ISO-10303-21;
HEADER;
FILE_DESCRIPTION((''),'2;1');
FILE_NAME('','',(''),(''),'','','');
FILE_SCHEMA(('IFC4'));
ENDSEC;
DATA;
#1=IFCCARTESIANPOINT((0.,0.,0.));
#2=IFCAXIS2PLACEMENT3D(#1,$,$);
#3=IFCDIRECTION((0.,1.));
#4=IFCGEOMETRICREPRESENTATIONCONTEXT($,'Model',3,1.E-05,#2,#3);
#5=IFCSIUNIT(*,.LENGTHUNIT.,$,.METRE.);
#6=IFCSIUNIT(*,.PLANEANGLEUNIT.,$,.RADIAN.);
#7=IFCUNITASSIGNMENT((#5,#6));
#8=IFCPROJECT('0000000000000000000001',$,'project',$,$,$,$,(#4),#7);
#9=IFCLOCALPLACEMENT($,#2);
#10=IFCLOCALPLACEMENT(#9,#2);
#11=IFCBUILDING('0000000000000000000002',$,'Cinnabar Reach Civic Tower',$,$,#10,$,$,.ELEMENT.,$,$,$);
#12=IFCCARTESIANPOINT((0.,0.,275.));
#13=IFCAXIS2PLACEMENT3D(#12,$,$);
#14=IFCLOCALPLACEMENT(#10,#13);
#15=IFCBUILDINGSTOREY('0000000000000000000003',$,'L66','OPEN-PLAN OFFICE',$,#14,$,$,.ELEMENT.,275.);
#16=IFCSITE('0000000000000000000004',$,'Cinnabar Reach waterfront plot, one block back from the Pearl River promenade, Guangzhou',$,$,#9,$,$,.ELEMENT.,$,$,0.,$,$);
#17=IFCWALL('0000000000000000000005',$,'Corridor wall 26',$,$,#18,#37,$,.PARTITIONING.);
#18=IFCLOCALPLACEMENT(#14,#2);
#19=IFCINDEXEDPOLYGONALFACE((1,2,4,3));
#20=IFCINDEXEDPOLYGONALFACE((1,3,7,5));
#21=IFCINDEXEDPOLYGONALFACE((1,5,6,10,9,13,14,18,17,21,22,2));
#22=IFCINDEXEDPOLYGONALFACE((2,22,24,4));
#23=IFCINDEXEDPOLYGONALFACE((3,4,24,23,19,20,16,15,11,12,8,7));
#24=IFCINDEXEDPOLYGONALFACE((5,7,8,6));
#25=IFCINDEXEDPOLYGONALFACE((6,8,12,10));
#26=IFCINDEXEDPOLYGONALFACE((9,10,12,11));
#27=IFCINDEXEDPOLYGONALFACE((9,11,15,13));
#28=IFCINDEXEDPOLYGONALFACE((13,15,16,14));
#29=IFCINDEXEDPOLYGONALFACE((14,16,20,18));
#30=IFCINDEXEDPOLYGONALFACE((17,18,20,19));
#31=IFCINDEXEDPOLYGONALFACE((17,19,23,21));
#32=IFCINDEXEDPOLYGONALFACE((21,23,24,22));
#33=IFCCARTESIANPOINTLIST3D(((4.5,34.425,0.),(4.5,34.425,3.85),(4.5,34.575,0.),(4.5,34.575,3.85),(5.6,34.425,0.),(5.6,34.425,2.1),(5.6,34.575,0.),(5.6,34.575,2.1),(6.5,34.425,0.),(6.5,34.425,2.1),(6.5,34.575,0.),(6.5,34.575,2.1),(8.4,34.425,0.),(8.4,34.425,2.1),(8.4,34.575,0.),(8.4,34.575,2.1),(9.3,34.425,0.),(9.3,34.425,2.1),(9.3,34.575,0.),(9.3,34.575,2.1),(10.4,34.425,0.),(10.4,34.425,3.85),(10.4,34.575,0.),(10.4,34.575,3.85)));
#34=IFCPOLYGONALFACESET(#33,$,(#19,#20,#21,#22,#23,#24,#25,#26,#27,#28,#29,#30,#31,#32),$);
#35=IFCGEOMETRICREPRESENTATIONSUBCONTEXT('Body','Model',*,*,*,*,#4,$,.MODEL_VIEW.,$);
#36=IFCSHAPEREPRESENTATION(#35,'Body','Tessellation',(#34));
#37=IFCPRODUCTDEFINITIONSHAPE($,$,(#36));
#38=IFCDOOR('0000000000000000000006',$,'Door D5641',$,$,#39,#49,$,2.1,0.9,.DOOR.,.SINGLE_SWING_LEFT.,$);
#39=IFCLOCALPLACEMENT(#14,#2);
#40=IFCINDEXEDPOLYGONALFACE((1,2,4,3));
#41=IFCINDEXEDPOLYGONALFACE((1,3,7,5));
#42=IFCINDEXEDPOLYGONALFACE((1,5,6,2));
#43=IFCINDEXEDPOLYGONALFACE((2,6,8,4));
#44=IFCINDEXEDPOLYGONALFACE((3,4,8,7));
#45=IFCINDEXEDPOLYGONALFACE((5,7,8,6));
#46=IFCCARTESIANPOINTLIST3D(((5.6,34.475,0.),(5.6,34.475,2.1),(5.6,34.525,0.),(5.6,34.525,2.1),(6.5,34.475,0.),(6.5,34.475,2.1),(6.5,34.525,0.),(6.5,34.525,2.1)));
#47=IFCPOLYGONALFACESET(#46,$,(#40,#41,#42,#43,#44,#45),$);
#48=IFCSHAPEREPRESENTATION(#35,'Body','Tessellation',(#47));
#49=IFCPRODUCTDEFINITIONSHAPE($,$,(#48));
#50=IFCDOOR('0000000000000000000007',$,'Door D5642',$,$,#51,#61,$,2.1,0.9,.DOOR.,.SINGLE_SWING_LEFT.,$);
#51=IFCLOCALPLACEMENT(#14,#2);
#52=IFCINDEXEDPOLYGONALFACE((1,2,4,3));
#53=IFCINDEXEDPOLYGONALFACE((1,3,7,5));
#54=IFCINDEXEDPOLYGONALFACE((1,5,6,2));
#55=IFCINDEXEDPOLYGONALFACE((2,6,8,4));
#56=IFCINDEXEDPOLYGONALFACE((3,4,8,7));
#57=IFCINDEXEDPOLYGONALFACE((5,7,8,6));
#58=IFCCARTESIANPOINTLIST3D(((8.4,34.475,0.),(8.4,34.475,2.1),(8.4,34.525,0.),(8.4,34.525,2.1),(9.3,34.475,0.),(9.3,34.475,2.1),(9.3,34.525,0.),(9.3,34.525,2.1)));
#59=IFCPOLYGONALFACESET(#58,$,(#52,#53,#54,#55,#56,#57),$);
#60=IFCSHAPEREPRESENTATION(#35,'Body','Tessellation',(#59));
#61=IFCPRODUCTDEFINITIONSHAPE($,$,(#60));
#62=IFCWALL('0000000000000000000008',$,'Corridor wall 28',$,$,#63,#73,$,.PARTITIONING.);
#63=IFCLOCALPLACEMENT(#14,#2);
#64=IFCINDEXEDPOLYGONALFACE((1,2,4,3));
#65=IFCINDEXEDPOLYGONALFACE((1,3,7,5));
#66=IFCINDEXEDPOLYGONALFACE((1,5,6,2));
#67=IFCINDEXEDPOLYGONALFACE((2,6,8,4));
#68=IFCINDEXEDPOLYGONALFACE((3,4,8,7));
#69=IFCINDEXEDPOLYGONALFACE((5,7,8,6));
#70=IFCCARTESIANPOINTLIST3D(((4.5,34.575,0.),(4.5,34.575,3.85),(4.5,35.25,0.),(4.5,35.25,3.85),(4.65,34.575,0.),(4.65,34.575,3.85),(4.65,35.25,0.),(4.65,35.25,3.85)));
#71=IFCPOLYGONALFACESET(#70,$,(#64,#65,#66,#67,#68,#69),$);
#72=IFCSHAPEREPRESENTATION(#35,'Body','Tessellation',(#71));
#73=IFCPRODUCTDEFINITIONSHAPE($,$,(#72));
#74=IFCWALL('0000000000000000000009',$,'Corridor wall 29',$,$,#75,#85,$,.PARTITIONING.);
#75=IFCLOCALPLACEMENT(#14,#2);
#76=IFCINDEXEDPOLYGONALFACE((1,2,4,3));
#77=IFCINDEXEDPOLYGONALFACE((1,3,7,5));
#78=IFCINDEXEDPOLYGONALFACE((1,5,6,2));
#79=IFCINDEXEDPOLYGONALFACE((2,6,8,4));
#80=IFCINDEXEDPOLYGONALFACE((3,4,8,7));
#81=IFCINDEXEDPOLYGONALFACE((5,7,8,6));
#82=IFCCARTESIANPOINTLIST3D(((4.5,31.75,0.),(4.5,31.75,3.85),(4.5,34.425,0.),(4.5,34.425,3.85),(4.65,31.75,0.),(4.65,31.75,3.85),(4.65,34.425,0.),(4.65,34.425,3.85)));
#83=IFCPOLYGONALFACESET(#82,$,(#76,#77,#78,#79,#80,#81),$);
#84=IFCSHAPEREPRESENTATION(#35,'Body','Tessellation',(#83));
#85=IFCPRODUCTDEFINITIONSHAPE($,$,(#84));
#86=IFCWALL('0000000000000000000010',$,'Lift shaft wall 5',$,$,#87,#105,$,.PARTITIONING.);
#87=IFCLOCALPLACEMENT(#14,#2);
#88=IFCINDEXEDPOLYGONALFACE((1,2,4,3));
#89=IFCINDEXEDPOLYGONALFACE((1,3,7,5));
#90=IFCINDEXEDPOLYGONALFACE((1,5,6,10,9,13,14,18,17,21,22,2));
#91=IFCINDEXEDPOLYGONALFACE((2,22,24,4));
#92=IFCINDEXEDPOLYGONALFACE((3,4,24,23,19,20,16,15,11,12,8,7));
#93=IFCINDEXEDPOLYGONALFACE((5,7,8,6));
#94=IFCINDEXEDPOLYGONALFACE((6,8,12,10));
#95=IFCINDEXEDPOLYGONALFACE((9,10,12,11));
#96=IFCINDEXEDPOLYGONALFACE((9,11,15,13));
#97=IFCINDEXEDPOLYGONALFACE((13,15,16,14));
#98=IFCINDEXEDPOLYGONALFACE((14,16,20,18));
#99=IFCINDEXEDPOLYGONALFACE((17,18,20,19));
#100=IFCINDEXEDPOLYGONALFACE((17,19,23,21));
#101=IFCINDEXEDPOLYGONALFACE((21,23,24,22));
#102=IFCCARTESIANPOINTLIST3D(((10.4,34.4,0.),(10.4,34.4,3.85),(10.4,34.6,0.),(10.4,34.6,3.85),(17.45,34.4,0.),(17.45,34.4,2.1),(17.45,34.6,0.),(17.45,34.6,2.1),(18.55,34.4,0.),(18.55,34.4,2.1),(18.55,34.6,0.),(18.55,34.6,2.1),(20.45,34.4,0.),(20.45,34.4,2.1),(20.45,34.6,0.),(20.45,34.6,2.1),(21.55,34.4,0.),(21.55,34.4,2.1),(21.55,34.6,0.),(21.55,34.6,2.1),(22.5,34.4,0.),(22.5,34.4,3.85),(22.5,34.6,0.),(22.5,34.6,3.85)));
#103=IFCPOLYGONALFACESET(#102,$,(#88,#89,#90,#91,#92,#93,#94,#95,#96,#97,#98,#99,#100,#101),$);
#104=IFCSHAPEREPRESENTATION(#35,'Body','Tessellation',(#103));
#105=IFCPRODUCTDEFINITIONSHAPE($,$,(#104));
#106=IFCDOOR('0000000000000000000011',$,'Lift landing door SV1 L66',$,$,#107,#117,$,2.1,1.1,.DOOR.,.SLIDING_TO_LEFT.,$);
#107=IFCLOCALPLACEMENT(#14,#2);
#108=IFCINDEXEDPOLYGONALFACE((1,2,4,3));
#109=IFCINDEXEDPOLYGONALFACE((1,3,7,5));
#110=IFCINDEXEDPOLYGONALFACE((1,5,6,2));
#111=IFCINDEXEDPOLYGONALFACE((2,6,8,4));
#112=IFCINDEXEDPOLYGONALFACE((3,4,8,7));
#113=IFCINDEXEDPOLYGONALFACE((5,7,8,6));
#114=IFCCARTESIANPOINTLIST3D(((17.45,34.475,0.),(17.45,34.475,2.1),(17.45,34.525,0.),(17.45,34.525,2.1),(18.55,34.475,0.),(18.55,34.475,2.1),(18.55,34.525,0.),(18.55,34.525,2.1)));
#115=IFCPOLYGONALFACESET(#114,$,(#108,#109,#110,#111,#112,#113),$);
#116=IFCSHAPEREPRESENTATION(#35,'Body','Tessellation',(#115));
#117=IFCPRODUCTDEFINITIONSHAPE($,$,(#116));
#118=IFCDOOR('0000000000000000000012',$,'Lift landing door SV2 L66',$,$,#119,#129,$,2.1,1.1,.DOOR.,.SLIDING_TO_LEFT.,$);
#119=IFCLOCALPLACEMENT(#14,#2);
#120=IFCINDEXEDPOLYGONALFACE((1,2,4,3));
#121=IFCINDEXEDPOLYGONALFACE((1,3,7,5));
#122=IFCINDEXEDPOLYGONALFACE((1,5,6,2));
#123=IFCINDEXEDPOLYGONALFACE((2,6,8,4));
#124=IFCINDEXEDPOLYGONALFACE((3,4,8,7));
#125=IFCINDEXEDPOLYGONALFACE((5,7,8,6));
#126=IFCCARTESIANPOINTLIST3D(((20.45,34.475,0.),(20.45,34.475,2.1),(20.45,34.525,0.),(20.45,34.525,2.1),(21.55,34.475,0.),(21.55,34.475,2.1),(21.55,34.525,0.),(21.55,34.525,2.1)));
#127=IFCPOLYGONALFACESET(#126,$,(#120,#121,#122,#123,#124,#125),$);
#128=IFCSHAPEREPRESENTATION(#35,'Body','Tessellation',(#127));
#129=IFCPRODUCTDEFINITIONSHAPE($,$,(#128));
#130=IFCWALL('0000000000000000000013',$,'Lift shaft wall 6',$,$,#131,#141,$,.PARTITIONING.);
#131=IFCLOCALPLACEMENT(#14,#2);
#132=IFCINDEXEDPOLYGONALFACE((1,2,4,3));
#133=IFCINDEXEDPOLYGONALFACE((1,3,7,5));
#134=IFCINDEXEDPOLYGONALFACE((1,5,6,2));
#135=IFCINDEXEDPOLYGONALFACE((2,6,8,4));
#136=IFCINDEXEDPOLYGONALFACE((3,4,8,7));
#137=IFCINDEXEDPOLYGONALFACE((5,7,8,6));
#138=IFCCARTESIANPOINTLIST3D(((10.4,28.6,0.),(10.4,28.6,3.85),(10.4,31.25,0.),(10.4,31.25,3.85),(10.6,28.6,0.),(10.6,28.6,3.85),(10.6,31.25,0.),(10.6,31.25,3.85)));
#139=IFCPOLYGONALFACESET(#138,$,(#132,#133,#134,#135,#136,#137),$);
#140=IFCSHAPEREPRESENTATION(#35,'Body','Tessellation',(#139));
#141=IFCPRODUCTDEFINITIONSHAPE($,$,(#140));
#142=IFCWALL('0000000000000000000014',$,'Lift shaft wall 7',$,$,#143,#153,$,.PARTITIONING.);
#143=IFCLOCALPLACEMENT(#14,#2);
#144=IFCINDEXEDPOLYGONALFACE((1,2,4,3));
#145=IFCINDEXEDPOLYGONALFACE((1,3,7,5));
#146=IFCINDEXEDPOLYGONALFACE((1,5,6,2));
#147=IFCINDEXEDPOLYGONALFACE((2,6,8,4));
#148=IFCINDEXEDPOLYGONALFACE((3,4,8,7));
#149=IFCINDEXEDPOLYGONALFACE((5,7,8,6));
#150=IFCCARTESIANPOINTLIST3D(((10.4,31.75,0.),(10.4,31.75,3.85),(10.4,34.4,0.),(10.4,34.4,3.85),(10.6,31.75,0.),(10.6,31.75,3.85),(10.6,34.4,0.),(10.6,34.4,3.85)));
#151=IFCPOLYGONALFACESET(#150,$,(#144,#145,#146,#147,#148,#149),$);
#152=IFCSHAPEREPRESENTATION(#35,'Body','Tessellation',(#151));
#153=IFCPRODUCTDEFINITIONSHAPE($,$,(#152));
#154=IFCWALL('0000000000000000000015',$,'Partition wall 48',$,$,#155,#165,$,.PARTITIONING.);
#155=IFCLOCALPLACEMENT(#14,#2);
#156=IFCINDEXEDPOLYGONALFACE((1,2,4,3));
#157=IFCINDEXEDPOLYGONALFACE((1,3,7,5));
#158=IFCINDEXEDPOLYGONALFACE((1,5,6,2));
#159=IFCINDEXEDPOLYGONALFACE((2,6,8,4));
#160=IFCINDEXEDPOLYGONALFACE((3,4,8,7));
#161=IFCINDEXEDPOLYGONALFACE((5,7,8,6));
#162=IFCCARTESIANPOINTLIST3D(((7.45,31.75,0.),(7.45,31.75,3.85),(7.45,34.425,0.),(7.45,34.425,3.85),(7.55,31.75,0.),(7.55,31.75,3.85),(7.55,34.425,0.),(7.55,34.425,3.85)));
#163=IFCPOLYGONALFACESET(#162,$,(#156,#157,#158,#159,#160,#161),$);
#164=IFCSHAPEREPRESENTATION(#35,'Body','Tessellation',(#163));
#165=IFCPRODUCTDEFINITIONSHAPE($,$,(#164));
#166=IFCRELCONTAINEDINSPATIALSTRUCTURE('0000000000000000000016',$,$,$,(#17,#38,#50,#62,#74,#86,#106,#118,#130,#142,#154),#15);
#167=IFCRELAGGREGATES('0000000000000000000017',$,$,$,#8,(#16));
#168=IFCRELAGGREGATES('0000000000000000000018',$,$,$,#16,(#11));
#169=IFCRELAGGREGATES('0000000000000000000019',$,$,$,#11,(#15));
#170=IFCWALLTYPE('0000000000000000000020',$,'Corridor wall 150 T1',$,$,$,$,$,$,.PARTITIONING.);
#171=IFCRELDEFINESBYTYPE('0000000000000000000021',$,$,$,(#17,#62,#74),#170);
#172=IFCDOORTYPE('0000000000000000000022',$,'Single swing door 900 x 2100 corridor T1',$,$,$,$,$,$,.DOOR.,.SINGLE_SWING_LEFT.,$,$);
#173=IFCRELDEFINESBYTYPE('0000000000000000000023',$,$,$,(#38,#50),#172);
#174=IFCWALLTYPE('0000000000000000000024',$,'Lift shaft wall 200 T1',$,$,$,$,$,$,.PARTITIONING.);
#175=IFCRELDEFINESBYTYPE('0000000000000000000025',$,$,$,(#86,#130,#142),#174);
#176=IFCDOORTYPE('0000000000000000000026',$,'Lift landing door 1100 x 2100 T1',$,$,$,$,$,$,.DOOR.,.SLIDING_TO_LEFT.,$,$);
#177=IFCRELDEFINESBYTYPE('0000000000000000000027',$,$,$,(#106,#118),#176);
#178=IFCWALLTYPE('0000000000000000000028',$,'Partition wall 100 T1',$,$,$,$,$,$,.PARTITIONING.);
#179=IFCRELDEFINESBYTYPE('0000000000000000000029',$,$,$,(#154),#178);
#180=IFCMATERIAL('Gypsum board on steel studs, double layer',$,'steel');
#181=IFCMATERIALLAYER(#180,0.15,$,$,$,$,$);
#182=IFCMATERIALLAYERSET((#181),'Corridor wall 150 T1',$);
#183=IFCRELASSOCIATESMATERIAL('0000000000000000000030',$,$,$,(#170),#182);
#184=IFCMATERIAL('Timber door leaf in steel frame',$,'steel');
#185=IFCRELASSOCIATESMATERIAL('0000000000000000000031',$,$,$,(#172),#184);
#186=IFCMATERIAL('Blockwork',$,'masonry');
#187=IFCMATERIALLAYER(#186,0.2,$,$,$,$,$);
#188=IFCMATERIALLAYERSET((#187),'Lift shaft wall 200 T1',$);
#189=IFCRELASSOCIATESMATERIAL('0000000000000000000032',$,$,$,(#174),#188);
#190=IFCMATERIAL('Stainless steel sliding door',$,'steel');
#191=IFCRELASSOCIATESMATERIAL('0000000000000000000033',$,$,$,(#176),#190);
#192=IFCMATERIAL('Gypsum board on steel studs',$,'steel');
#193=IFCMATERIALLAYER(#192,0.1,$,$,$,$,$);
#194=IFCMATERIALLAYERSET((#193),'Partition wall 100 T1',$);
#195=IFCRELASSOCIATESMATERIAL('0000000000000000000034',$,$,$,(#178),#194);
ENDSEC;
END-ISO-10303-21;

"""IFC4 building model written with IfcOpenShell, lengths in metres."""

from ifc_helpers import new_model, si_unit, direction, frame, frame_2d, origin, place, context, subcontext, project, spatial, rectangle, extrude, material, layer, layer_set, type_object, element, fill, save


model = new_model("IFC4")

# Units and contexts
model_context = context("Model", 3, precision=1e-05, world=origin(), true_north=direction((0.0, 1.0)))
body_context = subcontext(model_context, "Body", "Model", "MODEL_VIEW")
ifc_project = project(units=[si_unit("LENGTHUNIT", "METRE"), si_unit("PLANEANGLEUNIT", "RADIAN")], contexts=[model_context])

# Site, building, storey
site_placement = place(None, origin())
site = spatial("IfcSite", under=ifc_project, at=site_placement, Name="Cinnabar Reach waterfront plot, one block back from the Pearl River promenade, Guangzhou", CompositionType="ELEMENT", RefElevation=0.0)
building_placement = place(site_placement, origin())
building = spatial("IfcBuilding", under=site, at=building_placement, Name="Cinnabar Reach Civic Tower", CompositionType="ELEMENT")
storey_placement = place(building_placement, frame((0.0, 0.0, 275.0)))
storey = spatial("IfcBuildingStorey", under=building, at=storey_placement, Name="L66", Description="OPEN-PLAN OFFICE", CompositionType="ELEMENT", Elevation=275.0)

# Shared definitions
ifc_material_1 = material(Name="Timber door leaf in steel frame", Category="steel")

# Wall, openings, doors
ifc_material_2 = material(Name="Gypsum board on steel studs, double layer", Category="steel")
ifc_layer_1 = layer(ifc_material_2, 0.15)
ifc_layer_set_1 = layer_set([ifc_layer_1], Name="Corridor wall 150 T1")
wall_type_1 = type_object("IfcWallType", Name="Corridor wall 150 T1", PredefinedType="PARTITIONING", material=ifc_layer_set_1)
wall_1_placement = place(storey_placement, frame((4.5, 34.5, 0.0), z_axis=(0.0, 0.0, 1.0), x_axis=(1.0, 0.0, 0.0)))
wall_1 = element("IfcWall", 1, at=wall_1_placement, inside=storey, type_object=wall_type_1, Name="Corridor wall 26", PredefinedType="PARTITIONING", context=body_context, shape_type="SweptSolid", body=[
    extrude(rectangle(XDim=5.9, YDim=0.15, at=frame_2d((2.95, 0.0))), origin(), (0.0, 0.0, 1.0), 3.85),
])
opening_1_placement = place(wall_1_placement, frame((1.1, 0.0, 0.0)))
opening_1 = element("IfcOpeningElement", 2, at=opening_1_placement, cuts=wall_1, PredefinedType="OPENING", context=body_context, shape_type="SweptSolid", body=[
    extrude(rectangle(XDim=0.9, YDim=2.1, at=frame_2d((0.45, 1.05))), frame((0.0, 0.085, 0.0), z_axis=(0.0, -1.0, 0.0), x_axis=(1.0, 0.0, 0.0)), (0.0, 0.0, 1.0), 0.17),
])
opening_2_placement = place(wall_1_placement, frame((3.9, 0.0, 0.0)))
opening_2 = element("IfcOpeningElement", 3, at=opening_2_placement, cuts=wall_1, PredefinedType="OPENING", context=body_context, shape_type="SweptSolid", body=[
    extrude(rectangle(XDim=0.9, YDim=2.1, at=frame_2d((0.45, 1.05))), frame((0.0, 0.085, 0.0), z_axis=(0.0, -1.0, 0.0), x_axis=(1.0, 0.0, 0.0)), (0.0, 0.0, 1.0), 0.17),
])
door_type_1 = type_object("IfcDoorType", Name="Single swing door 900 x 2100 corridor T1", OperationType="SINGLE_SWING_LEFT", PredefinedType="DOOR", material=ifc_material_1)
door_1_placement = place(opening_1_placement, frame((0.9, 0.0, 0.0), z_axis=(0.0, 0.0, 1.0), x_axis=(-1.0, 0.0, 0.0)))
door_1 = element("IfcDoor", 4, at=door_1_placement, inside=storey, type_object=door_type_1, Name="Door D5641", OperationType="SINGLE_SWING_LEFT", OverallHeight=2.1, OverallWidth=0.9, PredefinedType="DOOR", context=body_context, shape_type="SweptSolid", body=[
    extrude(rectangle(XDim=0.9, YDim=2.1, at=frame_2d((0.45, 1.05))), frame((0.0, 0.025, 0.0), z_axis=(0.0, -1.0, 0.0), x_axis=(1.0, 0.0, 0.0)), (0.0, 0.0, 1.0), 0.05),
])
fill(opening_1, door_1)
door_2_placement = place(opening_2_placement, frame((0.9, 0.0, 0.0), z_axis=(0.0, 0.0, 1.0), x_axis=(-1.0, 0.0, 0.0)))
door_2 = element("IfcDoor", 5, at=door_2_placement, inside=storey, type_object=door_type_1, Name="Door D5642", OperationType="SINGLE_SWING_LEFT", OverallHeight=2.1, OverallWidth=0.9, PredefinedType="DOOR", context=body_context, shape_type="SweptSolid", body=[
    extrude(rectangle(XDim=0.9, YDim=2.1, at=frame_2d((0.45, 1.05))), frame((0.0, 0.025, 0.0), z_axis=(0.0, -1.0, 0.0), x_axis=(1.0, 0.0, 0.0)), (0.0, 0.0, 1.0), 0.05),
])
fill(opening_2, door_2)

# Walls
wall_2_placement = place(storey_placement, frame((4.575, 34.575, 0.0), z_axis=(0.0, 0.0, 1.0), x_axis=(0.0, 1.0, 0.0)))
element("IfcWall", 6, at=wall_2_placement, inside=storey, type_object=wall_type_1, Name="Corridor wall 28", PredefinedType="PARTITIONING", context=body_context, shape_type="SweptSolid", body=[
    extrude(rectangle(XDim=0.675, YDim=0.15, at=frame_2d((0.3375, 0.0))), origin(), (0.0, 0.0, 1.0), 3.85),
])
wall_3_placement = place(storey_placement, frame((4.575, 31.75, 0.0), z_axis=(0.0, 0.0, 1.0), x_axis=(0.0, 1.0, 0.0)))
element("IfcWall", 7, at=wall_3_placement, inside=storey, type_object=wall_type_1, Name="Corridor wall 29", PredefinedType="PARTITIONING", context=body_context, shape_type="SweptSolid", body=[
    extrude(rectangle(XDim=2.675, YDim=0.15, at=frame_2d((1.3375, 0.0))), origin(), (0.0, 0.0, 1.0), 3.85),
])

# Wall, openings, doors
ifc_material_3 = material(Name="Blockwork", Category="masonry")
ifc_layer_2 = layer(ifc_material_3, 0.2)
ifc_layer_set_2 = layer_set([ifc_layer_2], Name="Lift shaft wall 200 T1")
wall_type_2 = type_object("IfcWallType", Name="Lift shaft wall 200 T1", PredefinedType="PARTITIONING", material=ifc_layer_set_2)
wall_4_placement = place(storey_placement, frame((10.4, 34.5, 0.0), z_axis=(0.0, 0.0, 1.0), x_axis=(1.0, 0.0, 0.0)))
wall_4 = element("IfcWall", 8, at=wall_4_placement, inside=storey, type_object=wall_type_2, Name="Lift shaft wall 5", PredefinedType="PARTITIONING", context=body_context, shape_type="SweptSolid", body=[
    extrude(rectangle(XDim=12.1, YDim=0.2, at=frame_2d((6.05, 0.0))), origin(), (0.0, 0.0, 1.0), 3.85),
])
opening_3_placement = place(wall_4_placement, frame((7.05, 0.0, 0.0)))
opening_3 = element("IfcOpeningElement", 9, at=opening_3_placement, cuts=wall_4, PredefinedType="OPENING", context=body_context, shape_type="SweptSolid", body=[
    extrude(rectangle(XDim=1.1, YDim=2.1, at=frame_2d((0.55, 1.05))), frame((0.0, 0.11, 0.0), z_axis=(0.0, -1.0, 0.0), x_axis=(1.0, 0.0, 0.0)), (0.0, 0.0, 1.0), 0.22),
])
opening_4_placement = place(wall_4_placement, frame((10.05, 0.0, 0.0)))
opening_4 = element("IfcOpeningElement", 10, at=opening_4_placement, cuts=wall_4, PredefinedType="OPENING", context=body_context, shape_type="SweptSolid", body=[
    extrude(rectangle(XDim=1.1, YDim=2.1, at=frame_2d((0.55, 1.05))), frame((0.0, 0.11, 0.0), z_axis=(0.0, -1.0, 0.0), x_axis=(1.0, 0.0, 0.0)), (0.0, 0.0, 1.0), 0.22),
])
ifc_material_4 = material(Name="Stainless steel sliding door", Category="steel")
door_type_2 = type_object("IfcDoorType", Name="Lift landing door 1100 x 2100 T1", OperationType="SLIDING_TO_LEFT", PredefinedType="DOOR", material=ifc_material_4)
door_3_placement = place(opening_3_placement, origin())
door_3 = element("IfcDoor", 11, at=door_3_placement, inside=storey, type_object=door_type_2, Name="Lift landing door SV1 L66", OperationType="SLIDING_TO_LEFT", OverallHeight=2.1, OverallWidth=1.1, PredefinedType="DOOR", context=body_context, shape_type="SweptSolid", body=[
    extrude(rectangle(XDim=1.1, YDim=2.1, at=frame_2d((0.55, 1.05))), frame((0.0, 0.025, 0.0), z_axis=(0.0, -1.0, 0.0), x_axis=(1.0, 0.0, 0.0)), (0.0, 0.0, 1.0), 0.05),
])
fill(opening_3, door_3)
door_4_placement = place(opening_4_placement, origin())
door_4 = element("IfcDoor", 12, at=door_4_placement, inside=storey, type_object=door_type_2, Name="Lift landing door SV2 L66", OperationType="SLIDING_TO_LEFT", OverallHeight=2.1, OverallWidth=1.1, PredefinedType="DOOR", context=body_context, shape_type="SweptSolid", body=[
    extrude(rectangle(XDim=1.1, YDim=2.1, at=frame_2d((0.55, 1.05))), frame((0.0, 0.025, 0.0), z_axis=(0.0, -1.0, 0.0), x_axis=(1.0, 0.0, 0.0)), (0.0, 0.0, 1.0), 0.05),
])
fill(opening_4, door_4)

# Walls
for number, where, z_axis, x_axis, name in (
    (13, (10.5, 28.6, 0.0), (0.0, 0.0, 1.0), (0.0, 1.0, 0.0), "Lift shaft wall 6"),
    (14, (10.5, 31.75, 0.0), (0.0, 0.0, 1.0), (0.0, 1.0, 0.0), "Lift shaft wall 7"),
):
    element("IfcWall", number, at=place(storey_placement, frame(where, z_axis=z_axis, x_axis=x_axis)), inside=storey, type_object=wall_type_2, Name=name, PredefinedType="PARTITIONING", context=body_context, shape_type="SweptSolid", body=[
        extrude(rectangle(XDim=2.65, YDim=0.2, at=frame_2d((1.325, 0.0))), origin(), (0.0, 0.0, 1.0), 3.85),
    ])
ifc_material_5 = material(Name="Gypsum board on steel studs", Category="steel")
ifc_layer_3 = layer(ifc_material_5, 0.1)
ifc_layer_set_3 = layer_set([ifc_layer_3], Name="Partition wall 100 T1")
wall_type_3 = type_object("IfcWallType", Name="Partition wall 100 T1", PredefinedType="PARTITIONING", material=ifc_layer_set_3)
wall_5_placement = place(storey_placement, frame((7.5, 31.75, 0.0), z_axis=(0.0, 0.0, 1.0), x_axis=(0.0, 1.0, 0.0)))
element("IfcWall", 15, at=wall_5_placement, inside=storey, type_object=wall_type_3, Name="Partition wall 48", PredefinedType="PARTITIONING", context=body_context, shape_type="SweptSolid", body=[
    extrude(rectangle(XDim=2.675, YDim=0.1, at=frame_2d((1.3375, 0.0))), origin(), (0.0, 0.0, 1.0), 3.85),
])

save(model, "model.ifc")
